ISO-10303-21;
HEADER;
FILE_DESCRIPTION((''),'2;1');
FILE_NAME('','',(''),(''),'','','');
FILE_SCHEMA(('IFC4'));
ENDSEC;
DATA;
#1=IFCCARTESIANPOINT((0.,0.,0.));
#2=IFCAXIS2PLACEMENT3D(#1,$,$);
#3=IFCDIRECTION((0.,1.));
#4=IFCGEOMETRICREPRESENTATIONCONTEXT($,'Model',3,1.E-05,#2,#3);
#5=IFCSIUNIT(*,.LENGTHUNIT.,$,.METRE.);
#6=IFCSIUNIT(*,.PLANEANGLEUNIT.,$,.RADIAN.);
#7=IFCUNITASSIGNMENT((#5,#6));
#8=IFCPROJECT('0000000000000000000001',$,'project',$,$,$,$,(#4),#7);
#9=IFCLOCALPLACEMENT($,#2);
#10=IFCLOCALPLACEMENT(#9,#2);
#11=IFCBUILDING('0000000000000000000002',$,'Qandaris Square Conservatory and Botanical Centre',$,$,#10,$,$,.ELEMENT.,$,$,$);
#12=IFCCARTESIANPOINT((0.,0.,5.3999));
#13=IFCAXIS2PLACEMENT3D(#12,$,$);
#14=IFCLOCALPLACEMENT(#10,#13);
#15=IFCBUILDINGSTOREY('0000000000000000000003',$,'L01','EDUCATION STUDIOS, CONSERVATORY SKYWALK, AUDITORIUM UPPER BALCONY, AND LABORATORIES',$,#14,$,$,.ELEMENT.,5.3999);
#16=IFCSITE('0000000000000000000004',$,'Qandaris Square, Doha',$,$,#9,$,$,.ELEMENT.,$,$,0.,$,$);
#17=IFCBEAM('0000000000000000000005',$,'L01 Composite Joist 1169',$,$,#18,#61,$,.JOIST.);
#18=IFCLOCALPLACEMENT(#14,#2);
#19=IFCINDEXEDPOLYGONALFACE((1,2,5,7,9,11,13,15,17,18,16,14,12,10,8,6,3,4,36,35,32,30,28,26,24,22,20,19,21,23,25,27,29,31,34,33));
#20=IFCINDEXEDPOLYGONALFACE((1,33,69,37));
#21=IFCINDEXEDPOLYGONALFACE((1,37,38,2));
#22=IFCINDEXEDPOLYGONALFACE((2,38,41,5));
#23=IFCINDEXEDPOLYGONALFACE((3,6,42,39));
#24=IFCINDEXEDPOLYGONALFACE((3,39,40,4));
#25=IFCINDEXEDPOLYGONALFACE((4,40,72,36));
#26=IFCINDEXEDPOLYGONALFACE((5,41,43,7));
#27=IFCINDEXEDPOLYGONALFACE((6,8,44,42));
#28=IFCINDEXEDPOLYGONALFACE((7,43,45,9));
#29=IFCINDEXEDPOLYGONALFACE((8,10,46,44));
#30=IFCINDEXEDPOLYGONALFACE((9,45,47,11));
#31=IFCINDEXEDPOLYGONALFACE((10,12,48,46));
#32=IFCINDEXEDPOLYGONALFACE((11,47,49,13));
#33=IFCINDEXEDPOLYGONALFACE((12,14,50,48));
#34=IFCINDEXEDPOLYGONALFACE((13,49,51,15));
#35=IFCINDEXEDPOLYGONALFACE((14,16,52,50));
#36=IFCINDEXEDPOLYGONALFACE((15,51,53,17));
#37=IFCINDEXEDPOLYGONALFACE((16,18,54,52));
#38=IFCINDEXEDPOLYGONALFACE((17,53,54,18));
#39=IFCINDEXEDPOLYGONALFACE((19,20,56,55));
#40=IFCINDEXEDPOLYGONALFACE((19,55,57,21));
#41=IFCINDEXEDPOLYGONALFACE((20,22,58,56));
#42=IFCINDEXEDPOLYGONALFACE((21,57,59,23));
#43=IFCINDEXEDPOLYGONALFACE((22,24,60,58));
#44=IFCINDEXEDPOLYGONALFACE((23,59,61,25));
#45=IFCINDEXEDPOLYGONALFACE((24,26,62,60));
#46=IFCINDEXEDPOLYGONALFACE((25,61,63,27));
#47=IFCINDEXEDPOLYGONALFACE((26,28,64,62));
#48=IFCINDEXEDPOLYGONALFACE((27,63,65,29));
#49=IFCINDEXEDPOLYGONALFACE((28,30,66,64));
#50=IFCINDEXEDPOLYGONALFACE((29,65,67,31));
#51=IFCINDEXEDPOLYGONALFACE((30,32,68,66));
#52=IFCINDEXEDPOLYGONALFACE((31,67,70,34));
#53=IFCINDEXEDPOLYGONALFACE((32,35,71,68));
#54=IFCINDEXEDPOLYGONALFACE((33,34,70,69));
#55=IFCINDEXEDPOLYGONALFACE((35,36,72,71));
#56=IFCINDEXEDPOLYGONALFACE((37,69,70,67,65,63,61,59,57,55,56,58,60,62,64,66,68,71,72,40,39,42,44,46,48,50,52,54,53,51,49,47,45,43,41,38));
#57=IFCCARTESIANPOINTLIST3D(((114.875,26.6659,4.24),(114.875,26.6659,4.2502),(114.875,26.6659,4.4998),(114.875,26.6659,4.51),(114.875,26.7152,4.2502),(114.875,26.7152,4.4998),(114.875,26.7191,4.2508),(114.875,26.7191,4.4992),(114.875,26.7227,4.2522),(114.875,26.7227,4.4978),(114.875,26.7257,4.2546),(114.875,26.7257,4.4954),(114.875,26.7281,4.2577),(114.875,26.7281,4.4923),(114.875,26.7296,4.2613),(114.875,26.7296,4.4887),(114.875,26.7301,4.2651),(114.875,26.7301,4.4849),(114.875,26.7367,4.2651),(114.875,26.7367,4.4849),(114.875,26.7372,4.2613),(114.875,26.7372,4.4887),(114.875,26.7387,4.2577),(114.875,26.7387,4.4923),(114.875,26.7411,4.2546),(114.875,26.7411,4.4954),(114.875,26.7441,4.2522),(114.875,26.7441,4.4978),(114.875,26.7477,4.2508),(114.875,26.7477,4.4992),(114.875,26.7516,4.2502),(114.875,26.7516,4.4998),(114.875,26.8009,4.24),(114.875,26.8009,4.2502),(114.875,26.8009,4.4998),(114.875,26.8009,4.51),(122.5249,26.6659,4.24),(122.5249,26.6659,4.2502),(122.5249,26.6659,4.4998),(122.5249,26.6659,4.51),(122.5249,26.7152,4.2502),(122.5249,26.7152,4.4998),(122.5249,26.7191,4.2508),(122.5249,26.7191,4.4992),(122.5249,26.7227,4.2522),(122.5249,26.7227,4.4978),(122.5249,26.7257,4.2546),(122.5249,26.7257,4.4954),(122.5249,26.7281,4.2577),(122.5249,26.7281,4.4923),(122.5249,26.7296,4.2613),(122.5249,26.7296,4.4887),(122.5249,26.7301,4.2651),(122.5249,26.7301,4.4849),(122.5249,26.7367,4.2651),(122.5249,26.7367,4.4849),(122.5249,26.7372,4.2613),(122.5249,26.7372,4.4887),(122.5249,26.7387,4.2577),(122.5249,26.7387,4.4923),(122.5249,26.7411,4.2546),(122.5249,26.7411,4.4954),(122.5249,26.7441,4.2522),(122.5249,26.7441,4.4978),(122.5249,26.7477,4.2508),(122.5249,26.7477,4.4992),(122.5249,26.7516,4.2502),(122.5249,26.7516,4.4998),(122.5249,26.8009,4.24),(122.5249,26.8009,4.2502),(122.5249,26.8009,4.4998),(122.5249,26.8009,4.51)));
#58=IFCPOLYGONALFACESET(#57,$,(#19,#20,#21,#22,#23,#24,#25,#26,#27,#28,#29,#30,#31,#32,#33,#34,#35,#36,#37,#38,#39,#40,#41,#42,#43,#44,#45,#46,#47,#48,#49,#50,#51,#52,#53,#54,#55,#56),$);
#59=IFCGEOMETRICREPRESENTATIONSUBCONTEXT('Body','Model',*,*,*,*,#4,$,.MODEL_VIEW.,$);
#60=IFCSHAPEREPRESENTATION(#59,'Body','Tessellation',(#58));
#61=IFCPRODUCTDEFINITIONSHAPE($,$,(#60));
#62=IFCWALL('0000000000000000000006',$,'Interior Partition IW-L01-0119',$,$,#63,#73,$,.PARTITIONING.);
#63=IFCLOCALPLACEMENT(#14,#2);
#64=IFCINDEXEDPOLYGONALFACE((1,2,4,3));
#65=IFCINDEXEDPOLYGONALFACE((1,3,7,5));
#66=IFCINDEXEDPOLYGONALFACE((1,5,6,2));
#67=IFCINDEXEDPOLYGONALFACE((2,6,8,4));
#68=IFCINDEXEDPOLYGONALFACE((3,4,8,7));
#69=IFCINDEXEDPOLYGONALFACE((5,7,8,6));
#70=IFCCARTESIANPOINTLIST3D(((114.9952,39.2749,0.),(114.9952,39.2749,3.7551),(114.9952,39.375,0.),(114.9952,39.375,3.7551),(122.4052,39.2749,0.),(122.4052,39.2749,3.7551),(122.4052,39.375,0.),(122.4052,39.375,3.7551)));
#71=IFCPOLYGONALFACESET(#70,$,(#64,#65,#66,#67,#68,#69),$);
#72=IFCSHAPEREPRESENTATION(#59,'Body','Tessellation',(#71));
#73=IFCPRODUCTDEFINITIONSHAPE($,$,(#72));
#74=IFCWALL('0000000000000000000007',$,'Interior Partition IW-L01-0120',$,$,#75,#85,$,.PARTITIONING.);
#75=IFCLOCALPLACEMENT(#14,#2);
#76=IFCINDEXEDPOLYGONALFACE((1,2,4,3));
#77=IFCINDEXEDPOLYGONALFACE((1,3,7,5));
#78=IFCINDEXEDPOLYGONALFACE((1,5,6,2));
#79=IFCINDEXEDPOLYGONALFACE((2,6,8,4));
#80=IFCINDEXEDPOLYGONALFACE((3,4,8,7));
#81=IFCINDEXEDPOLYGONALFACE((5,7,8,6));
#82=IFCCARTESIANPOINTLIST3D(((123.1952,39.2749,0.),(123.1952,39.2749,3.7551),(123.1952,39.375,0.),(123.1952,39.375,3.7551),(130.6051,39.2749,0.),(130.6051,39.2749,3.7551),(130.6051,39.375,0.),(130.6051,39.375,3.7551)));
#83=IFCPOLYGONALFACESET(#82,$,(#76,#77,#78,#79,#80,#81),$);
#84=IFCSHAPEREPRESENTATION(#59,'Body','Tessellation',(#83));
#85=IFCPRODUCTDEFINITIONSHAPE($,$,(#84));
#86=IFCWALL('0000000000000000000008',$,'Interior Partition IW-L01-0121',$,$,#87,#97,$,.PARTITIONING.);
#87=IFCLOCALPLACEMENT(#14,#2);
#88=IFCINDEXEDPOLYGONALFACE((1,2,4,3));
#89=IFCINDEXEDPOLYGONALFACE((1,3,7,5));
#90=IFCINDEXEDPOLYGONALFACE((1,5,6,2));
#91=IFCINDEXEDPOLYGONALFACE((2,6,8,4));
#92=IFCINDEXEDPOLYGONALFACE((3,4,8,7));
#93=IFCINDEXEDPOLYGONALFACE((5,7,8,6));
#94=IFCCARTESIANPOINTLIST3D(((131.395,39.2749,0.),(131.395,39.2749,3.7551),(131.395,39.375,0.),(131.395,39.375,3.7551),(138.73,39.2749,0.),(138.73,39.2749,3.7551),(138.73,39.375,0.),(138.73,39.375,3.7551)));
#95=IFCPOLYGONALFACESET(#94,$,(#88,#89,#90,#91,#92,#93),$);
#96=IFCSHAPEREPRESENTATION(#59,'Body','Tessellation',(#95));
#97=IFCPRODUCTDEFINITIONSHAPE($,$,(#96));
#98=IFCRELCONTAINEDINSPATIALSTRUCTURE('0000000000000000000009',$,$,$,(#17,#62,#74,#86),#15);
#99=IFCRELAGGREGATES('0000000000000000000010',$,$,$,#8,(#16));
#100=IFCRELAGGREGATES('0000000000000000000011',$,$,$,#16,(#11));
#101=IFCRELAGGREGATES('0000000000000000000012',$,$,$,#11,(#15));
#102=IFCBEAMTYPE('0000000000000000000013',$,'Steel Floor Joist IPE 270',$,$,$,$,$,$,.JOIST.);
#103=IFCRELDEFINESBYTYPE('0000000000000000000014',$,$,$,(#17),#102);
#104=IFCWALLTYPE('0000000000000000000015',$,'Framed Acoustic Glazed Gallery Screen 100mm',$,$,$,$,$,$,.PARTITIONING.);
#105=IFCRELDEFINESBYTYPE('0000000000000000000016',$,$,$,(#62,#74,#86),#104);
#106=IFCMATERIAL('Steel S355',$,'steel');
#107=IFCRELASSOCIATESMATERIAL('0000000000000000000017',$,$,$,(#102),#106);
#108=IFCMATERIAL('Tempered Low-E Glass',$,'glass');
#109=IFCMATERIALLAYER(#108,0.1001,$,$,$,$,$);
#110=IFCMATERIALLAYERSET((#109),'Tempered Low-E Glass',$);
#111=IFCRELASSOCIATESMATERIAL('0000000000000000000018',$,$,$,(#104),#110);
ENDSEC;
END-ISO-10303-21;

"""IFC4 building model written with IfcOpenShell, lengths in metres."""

from ifc_helpers import new_model, si_unit, direction, frame, frame_2d, origin, origin_2d, place, context, subcontext, project, spatial, rectangle, i_section, extrude, material, layer, layer_set, material_profile, profile_set, type_object, element, save


model = new_model("IFC4")

# Units and contexts
model_context = context("Model", 3, precision=1e-05, world=origin(), true_north=direction((0.0, 1.0)))
body_context = subcontext(model_context, "Body", "Model", "MODEL_VIEW")
ifc_project = project(units=[si_unit("LENGTHUNIT", "METRE"), si_unit("PLANEANGLEUNIT", "RADIAN")], contexts=[model_context])

# Site, building, storey
site_placement = place(None, origin())
site = spatial("IfcSite", under=ifc_project, at=site_placement, Name="Qandaris Square, Doha", CompositionType="ELEMENT", RefElevation=0.0)
building_placement = place(site_placement, origin())
building = spatial("IfcBuilding", under=site, at=building_placement, Name="Qandaris Square Conservatory and Botanical Centre", CompositionType="ELEMENT")
storey_placement = place(building_placement, frame((0.0, 0.0, 5.3999)))
storey = spatial("IfcBuildingStorey", under=building, at=storey_placement, Name="L01", Description="EDUCATION STUDIOS, CONSERVATORY SKYWALK, AUDITORIUM UPPER BALCONY, AND LABORATORIES", CompositionType="ELEMENT", Elevation=5.3999)

# Beam
ifc_material_1 = material(Name="Steel S355", Category="steel")
ifc_material_profile_1 = material_profile(ifc_material_1, i_section(OverallWidth=0.135, OverallDepth=0.27, WebThickness=0.0066, FlangeThickness=0.0103, FilletRadius=0.0149, at=origin_2d()), Name="IPE 270")
ifc_profile_set_1 = profile_set([ifc_material_profile_1], Name="Steel S355")
beam_type_1 = type_object("IfcBeamType", Name="Steel Floor Joist IPE 270", PredefinedType="JOIST", material=ifc_profile_set_1)
beam_1_placement = place(storey_placement, frame((114.875, 26.7334, 4.375), z_axis=(1.0, 0.0, 0.0), x_axis=(0.0, 1.0, 0.0)))
element("IfcBeam", 1, at=beam_1_placement, inside=storey, type_object=beam_type_1, Name="L01 Composite Joist 1169", PredefinedType="JOIST", context=body_context, shape_type="SweptSolid", body=[
    extrude(i_section(OverallWidth=0.135, OverallDepth=0.27, WebThickness=0.0066, FlangeThickness=0.0103, FilletRadius=0.0149, at=origin_2d()), origin(), (0.0, 0.0, 1.0), 7.6499),
])

# Walls
ifc_material_2 = material(Name="Tempered Low-E Glass", Category="glass")
ifc_layer = layer(ifc_material_2, 0.1001)
ifc_layer_set = layer_set([ifc_layer], Name="Tempered Low-E Glass")
wall_type = type_object("IfcWallType", Name="Framed Acoustic Glazed Gallery Screen 100mm", PredefinedType="PARTITIONING", material=ifc_layer_set)
for number, where, z_axis, x_axis, name in (
    (2, (114.9951, 39.325, 0.0), (0.0, 0.0, 1.0), (1.0, 0.0, 0.0), "Interior Partition IW-L01-0119"),
    (3, (123.1951, 39.325, 0.0), (0.0, 0.0, 1.0), (1.0, 0.0, 0.0), "Interior Partition IW-L01-0120"),
):
    element("IfcWall", number, at=place(storey_placement, frame(where, z_axis=z_axis, x_axis=x_axis)), inside=storey, type_object=wall_type, Name=name, PredefinedType="PARTITIONING", context=body_context, shape_type="SweptSolid", body=[
        extrude(rectangle(XDim=7.4099, YDim=0.1001, at=frame_2d((3.7051, 0.0))), origin(), (0.0, 0.0, 1.0), 3.7551),
    ])
wall_placement = place(storey_placement, frame((131.395, 39.325, 0.0), z_axis=(0.0, 0.0, 1.0), x_axis=(1.0, 0.0, 0.0)))
element("IfcWall", 4, at=wall_placement, inside=storey, type_object=wall_type, Name="Interior Partition IW-L01-0121", PredefinedType="PARTITIONING", context=body_context, shape_type="SweptSolid", body=[
    extrude(rectangle(XDim=7.335, YDim=0.1001, at=frame_2d((3.6675, 0.0))), origin(), (0.0, 0.0, 1.0), 3.7551),
])

save(model, "model.ifc")
